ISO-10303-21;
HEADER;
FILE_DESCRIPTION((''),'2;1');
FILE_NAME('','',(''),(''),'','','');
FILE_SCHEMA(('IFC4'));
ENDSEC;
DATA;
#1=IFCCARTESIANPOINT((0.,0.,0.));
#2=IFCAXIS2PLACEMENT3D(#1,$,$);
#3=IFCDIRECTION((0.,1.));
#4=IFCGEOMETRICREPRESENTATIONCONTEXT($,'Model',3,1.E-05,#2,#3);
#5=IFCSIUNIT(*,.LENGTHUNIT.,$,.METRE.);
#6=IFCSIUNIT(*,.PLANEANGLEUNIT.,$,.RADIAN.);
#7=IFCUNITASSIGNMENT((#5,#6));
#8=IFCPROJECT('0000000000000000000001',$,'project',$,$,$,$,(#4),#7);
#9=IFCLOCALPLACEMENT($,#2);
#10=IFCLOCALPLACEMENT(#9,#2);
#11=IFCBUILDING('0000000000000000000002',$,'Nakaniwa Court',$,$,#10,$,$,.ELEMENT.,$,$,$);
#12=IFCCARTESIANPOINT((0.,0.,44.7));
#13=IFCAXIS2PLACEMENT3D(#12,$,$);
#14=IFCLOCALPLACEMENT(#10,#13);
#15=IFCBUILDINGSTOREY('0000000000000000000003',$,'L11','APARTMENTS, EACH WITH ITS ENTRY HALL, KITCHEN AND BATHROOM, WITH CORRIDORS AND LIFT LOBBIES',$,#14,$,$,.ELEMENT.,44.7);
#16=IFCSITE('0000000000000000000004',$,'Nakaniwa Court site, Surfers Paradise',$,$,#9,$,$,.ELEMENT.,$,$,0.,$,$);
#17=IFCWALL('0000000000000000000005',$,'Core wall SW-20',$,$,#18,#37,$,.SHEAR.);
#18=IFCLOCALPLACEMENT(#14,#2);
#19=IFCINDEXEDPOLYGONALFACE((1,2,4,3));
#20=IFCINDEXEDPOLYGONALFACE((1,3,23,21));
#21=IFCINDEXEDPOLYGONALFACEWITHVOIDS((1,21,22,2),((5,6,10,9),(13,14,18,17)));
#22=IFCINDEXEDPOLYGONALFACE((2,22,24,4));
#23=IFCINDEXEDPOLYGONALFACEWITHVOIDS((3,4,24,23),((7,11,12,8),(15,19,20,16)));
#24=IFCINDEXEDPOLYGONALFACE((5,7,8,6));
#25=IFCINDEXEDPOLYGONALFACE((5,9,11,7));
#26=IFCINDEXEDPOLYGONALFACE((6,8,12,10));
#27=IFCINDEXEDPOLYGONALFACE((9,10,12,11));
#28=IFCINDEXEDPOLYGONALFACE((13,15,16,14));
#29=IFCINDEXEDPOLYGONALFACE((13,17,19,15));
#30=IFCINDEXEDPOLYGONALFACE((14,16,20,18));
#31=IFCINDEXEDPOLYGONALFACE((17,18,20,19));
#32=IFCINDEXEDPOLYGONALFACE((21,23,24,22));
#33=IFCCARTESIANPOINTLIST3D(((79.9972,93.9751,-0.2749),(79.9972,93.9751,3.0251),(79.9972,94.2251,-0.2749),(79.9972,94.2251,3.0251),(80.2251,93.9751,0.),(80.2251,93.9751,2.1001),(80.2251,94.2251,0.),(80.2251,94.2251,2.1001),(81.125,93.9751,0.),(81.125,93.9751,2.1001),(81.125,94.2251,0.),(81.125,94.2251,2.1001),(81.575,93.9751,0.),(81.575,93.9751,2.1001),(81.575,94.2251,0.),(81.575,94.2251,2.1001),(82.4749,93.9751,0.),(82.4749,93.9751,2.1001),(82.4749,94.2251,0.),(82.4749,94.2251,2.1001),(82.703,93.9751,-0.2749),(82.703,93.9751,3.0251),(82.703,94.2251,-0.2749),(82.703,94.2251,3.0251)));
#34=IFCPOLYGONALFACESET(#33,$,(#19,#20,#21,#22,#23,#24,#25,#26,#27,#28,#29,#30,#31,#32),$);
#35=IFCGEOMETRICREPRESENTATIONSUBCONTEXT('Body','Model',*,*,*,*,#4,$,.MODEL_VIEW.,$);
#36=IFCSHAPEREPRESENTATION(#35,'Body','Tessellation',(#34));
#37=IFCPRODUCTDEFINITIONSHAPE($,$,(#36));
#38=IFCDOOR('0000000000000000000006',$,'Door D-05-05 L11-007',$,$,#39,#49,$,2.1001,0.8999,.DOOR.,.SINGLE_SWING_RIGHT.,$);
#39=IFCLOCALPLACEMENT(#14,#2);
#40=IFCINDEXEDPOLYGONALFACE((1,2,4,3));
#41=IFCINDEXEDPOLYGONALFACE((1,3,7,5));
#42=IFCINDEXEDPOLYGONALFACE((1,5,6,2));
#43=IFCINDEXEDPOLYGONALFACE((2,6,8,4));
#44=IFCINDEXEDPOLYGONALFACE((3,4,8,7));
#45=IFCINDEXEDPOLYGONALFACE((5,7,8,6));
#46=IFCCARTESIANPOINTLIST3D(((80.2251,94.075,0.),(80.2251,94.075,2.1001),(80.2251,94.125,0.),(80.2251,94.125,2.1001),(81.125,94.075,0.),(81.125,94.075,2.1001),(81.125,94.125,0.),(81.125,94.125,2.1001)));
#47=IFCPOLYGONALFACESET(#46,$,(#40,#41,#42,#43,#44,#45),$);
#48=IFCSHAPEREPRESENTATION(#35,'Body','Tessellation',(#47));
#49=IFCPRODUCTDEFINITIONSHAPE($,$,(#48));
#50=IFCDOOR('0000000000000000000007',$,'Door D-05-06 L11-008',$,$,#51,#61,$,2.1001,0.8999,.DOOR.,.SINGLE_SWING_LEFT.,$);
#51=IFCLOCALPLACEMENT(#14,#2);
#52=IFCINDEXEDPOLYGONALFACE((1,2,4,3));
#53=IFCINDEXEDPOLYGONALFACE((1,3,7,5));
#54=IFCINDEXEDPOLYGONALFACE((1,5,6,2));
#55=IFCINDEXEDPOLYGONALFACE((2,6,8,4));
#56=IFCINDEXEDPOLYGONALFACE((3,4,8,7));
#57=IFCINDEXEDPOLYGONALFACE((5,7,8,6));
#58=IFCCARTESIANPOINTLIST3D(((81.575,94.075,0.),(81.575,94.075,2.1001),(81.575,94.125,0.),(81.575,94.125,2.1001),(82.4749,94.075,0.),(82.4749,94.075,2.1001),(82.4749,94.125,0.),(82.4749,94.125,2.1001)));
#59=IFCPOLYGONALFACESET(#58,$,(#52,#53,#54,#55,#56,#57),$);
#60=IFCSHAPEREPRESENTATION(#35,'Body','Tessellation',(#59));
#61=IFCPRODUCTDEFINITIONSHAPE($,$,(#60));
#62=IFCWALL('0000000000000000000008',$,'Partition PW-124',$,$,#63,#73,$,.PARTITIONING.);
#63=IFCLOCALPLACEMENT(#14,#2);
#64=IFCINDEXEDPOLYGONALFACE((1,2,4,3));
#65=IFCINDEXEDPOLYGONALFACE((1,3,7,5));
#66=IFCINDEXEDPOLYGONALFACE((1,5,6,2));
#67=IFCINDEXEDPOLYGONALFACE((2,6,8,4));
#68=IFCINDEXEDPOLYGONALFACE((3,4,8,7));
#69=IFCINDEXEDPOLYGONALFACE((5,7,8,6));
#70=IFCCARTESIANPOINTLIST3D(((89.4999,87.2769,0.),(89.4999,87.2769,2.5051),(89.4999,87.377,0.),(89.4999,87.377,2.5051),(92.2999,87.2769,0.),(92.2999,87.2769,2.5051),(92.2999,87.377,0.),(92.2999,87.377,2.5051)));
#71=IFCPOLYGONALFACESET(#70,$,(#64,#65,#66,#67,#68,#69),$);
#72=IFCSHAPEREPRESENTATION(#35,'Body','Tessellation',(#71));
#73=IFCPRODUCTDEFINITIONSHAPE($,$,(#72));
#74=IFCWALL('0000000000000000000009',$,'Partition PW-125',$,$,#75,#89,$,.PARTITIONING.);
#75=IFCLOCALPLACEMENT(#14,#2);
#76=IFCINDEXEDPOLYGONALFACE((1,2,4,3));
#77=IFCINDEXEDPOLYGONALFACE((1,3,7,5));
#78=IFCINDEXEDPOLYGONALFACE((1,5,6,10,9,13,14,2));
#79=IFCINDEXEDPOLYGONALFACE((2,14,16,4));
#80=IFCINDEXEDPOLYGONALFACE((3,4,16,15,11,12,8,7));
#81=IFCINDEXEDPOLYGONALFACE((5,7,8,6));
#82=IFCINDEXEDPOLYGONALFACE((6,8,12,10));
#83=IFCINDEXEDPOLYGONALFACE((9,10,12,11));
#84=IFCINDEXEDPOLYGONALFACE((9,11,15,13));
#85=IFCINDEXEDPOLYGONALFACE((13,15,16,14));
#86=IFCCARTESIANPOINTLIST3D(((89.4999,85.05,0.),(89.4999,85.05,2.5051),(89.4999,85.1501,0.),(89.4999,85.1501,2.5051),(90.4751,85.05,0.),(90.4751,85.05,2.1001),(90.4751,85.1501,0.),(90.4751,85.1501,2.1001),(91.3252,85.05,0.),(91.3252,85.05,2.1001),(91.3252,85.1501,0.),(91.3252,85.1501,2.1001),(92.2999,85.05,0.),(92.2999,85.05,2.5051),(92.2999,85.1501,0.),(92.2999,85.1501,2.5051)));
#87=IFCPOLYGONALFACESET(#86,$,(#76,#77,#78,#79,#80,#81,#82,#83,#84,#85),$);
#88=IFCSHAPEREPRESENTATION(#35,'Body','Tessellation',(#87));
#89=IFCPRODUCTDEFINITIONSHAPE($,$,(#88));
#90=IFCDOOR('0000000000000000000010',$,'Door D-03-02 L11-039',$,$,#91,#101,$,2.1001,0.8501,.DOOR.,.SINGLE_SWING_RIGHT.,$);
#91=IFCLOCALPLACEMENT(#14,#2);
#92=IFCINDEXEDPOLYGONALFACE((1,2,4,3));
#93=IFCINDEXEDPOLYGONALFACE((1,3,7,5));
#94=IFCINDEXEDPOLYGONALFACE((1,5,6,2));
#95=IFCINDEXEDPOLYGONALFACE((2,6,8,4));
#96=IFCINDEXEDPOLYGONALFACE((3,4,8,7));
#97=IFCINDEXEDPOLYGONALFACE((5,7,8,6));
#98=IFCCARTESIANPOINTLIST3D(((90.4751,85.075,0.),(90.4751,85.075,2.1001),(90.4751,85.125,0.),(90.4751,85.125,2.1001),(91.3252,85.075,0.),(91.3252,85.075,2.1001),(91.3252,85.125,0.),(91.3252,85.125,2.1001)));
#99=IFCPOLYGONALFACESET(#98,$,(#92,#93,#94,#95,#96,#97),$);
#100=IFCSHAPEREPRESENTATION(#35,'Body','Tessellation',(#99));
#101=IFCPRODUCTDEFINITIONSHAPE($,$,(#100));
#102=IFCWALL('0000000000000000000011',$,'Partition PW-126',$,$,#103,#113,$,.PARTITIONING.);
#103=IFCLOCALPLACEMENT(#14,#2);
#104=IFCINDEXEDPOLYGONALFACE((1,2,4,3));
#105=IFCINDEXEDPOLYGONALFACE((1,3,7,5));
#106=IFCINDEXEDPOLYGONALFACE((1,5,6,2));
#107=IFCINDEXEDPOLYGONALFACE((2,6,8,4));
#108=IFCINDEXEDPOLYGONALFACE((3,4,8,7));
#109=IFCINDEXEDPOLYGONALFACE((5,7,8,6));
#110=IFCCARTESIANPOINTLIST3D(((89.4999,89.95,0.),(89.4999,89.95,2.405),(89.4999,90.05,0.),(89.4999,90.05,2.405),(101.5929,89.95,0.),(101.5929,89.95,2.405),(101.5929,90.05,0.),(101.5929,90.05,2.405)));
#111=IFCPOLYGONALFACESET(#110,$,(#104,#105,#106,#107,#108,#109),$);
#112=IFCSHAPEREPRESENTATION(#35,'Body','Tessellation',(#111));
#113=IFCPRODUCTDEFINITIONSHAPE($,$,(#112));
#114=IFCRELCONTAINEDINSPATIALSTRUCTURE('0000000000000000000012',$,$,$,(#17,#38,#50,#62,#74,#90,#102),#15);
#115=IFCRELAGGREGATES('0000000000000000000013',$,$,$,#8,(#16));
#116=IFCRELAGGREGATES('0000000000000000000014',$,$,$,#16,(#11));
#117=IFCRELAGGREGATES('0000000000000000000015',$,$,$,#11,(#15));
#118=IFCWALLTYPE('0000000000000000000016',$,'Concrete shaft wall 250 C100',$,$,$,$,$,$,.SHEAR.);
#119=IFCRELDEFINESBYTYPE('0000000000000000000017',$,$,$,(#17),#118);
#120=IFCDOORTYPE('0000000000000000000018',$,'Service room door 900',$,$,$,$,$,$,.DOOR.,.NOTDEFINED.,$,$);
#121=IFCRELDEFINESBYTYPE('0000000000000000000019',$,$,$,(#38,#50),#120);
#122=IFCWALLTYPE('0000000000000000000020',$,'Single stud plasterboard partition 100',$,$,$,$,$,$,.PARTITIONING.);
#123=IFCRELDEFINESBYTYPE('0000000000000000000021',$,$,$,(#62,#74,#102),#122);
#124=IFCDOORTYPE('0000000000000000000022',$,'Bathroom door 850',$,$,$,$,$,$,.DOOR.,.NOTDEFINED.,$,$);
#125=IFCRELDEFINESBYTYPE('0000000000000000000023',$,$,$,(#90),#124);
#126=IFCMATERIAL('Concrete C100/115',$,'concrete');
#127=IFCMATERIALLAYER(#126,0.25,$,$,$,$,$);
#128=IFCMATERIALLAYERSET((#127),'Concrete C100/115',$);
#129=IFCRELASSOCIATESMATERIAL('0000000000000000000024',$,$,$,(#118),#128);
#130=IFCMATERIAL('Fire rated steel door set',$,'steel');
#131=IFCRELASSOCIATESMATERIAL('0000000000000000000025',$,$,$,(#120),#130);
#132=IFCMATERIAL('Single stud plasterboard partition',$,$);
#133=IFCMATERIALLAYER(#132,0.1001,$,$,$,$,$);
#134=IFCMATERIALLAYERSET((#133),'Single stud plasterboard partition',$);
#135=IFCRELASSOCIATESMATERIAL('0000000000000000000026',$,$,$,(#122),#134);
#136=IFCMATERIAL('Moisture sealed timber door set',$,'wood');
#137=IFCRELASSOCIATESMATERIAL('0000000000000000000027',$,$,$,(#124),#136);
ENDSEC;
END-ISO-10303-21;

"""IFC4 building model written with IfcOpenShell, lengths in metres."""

from ifc_helpers import new_model, si_unit, direction, frame, frame_2d, origin, place, context, subcontext, project, spatial, rectangle, extrude, material, layer, layer_set, type_object, element, fill, save


model = new_model("IFC4")

# Units and contexts
model_context = context("Model", 3, precision=1e-05, world=origin(), true_north=direction((0.0, 1.0)))
body_context = subcontext(model_context, "Body", "Model", "MODEL_VIEW")
ifc_project = project(units=[si_unit("LENGTHUNIT", "METRE"), si_unit("PLANEANGLEUNIT", "RADIAN")], contexts=[model_context])

# Site, building, storey
site_placement = place(None, origin())
site = spatial("IfcSite", under=ifc_project, at=site_placement, Name="Nakaniwa Court site, Surfers Paradise", CompositionType="ELEMENT", RefElevation=0.0)
building_placement = place(site_placement, origin())
building = spatial("IfcBuilding", under=site, at=building_placement, Name="Nakaniwa Court", CompositionType="ELEMENT")
storey_placement = place(building_placement, frame((0.0, 0.0, 44.7)))
storey = spatial("IfcBuildingStorey", under=building, at=storey_placement, Name="L11", Description="APARTMENTS, EACH WITH ITS ENTRY HALL, KITCHEN AND BATHROOM, WITH CORRIDORS AND LIFT LOBBIES", CompositionType="ELEMENT", Elevation=44.7)

# Shared definitions
ifc_material_1 = material(Name="Concrete C100/115", Category="concrete")

# Shared definitions
ifc_layer_1 = layer(ifc_material_1, 0.25)
ifc_layer_set_1 = layer_set([ifc_layer_1], Name="Concrete C100/115")
wall_type_1 = type_object("IfcWallType", Name="Concrete shaft wall 250 C100", PredefinedType="SHEAR", material=ifc_layer_set_1)

# Shared definitions
ifc_material_2 = material(Name="Fire rated steel door set", Category="steel")
door_type_1 = type_object("IfcDoorType", Name="Service room door 900", OperationType="NOTDEFINED", PredefinedType="DOOR", material=ifc_material_2)

# Wall, openings, doors
wall_1_placement = place(storey_placement, frame((79.9971, 94.1001, -0.2749), z_axis=(0.0, 0.0, 1.0), x_axis=(1.0, 0.0, 0.0)))
wall_1 = element("IfcWall", 1, at=wall_1_placement, inside=storey, type_object=wall_type_1, Name="Core wall SW-20", PredefinedType="SHEAR", context=body_context, shape_type="SweptSolid", body=[
    extrude(rectangle(XDim=2.7058, YDim=0.25, at=frame_2d((1.353, 0.0))), origin(), (0.0, 0.0, 1.0), 3.3),
])
opening_1_placement = place(wall_1_placement, frame((0.228, 0.0, 0.2749)))
opening_1 = element("IfcOpeningElement", 2, at=opening_1_placement, cuts=wall_1, PredefinedType="OPENING", context=body_context, shape_type="SweptSolid", body=[
    extrude(rectangle(XDim=0.8999, YDim=2.1001, at=frame_2d((0.45, 1.05))), frame((0.0, 0.135, 0.0), z_axis=(0.0, -1.0, 0.0), x_axis=(1.0, 0.0, 0.0)), (0.0, 0.0, 1.0), 0.27),
])
opening_2_placement = place(wall_1_placement, frame((1.5779, 0.0, 0.2749)))
opening_2 = element("IfcOpeningElement", 3, at=opening_2_placement, cuts=wall_1, PredefinedType="OPENING", context=body_context, shape_type="SweptSolid", body=[
    extrude(rectangle(XDim=0.8999, YDim=2.1001, at=frame_2d((0.45, 1.05))), frame((0.0, 0.135, 0.0), z_axis=(0.0, -1.0, 0.0), x_axis=(1.0, 0.0, 0.0)), (0.0, 0.0, 1.0), 0.27),
])
door_1_placement = place(opening_1_placement, origin())
door_1 = element("IfcDoor", 4, at=door_1_placement, inside=storey, type_object=door_type_1, Name="Door D-05-05 L11-007", OperationType="SINGLE_SWING_RIGHT", OverallHeight=2.1001, OverallWidth=0.8999, PredefinedType="DOOR", context=body_context, shape_type="SweptSolid", body=[
    extrude(rectangle(XDim=0.8999, YDim=2.1001, at=frame_2d((0.45, 1.05))), frame((0.0, 0.0249, 0.0), z_axis=(0.0, -1.0, 0.0), x_axis=(1.0, 0.0, 0.0)), (0.0, 0.0, 1.0), 0.05),
])
fill(opening_1, door_1)
door_2_placement = place(opening_2_placement, origin())
door_2 = element("IfcDoor", 5, at=door_2_placement, inside=storey, type_object=door_type_1, Name="Door D-05-06 L11-008", OperationType="SINGLE_SWING_LEFT", OverallHeight=2.1001, OverallWidth=0.8999, PredefinedType="DOOR", context=body_context, shape_type="SweptSolid", body=[
    extrude(rectangle(XDim=0.8999, YDim=2.1001, at=frame_2d((0.45, 1.05))), frame((0.0, 0.0249, 0.0), z_axis=(0.0, -1.0, 0.0), x_axis=(1.0, 0.0, 0.0)), (0.0, 0.0, 1.0), 0.05),
])
fill(opening_2, door_2)

# Wall
ifc_material_3 = material(Name="Single stud plasterboard partition")
ifc_layer_2 = layer(ifc_material_3, 0.1001)
ifc_layer_set_2 = layer_set([ifc_layer_2], Name="Single stud plasterboard partition")
wall_type_2 = type_object("IfcWallType", Name="Single stud plasterboard partition 100", PredefinedType="PARTITIONING", material=ifc_layer_set_2)
wall_2_placement = place(storey_placement, frame((89.5, 87.3269, 0.0), z_axis=(0.0, 0.0, 1.0), x_axis=(1.0, 0.0, 0.0)))
element("IfcWall", 6, at=wall_2_placement, inside=storey, type_object=wall_type_2, Name="Partition PW-124", PredefinedType="PARTITIONING", context=body_context, shape_type="SweptSolid", body=[
    extrude(rectangle(XDim=2.8, YDim=0.1001, at=frame_2d((1.3999, 0.0))), origin(), (0.0, 0.0, 1.0), 2.5051),
])

# Wall, opening, door
wall_3_placement = place(storey_placement, frame((89.5, 85.1001, 0.0), z_axis=(0.0, 0.0, 1.0), x_axis=(1.0, 0.0, 0.0)))
wall_3 = element("IfcWall", 7, at=wall_3_placement, inside=storey, type_object=wall_type_2, Name="Partition PW-125", PredefinedType="PARTITIONING", context=body_context, shape_type="SweptSolid", body=[
    extrude(rectangle(XDim=2.8, YDim=0.1001, at=frame_2d((1.3999, 0.0))), origin(), (0.0, 0.0, 1.0), 2.5051),
])
opening_3_placement = place(wall_3_placement, frame((0.9751, 0.0, 0.0)))
opening_3 = element("IfcOpeningElement", 8, at=opening_3_placement, cuts=wall_3, PredefinedType="OPENING", context=body_context, shape_type="SweptSolid", body=[
    extrude(rectangle(XDim=0.8501, YDim=2.1001, at=frame_2d((0.425, 1.05))), frame((0.0, 0.0601, 0.0), z_axis=(0.0, -1.0, 0.0), x_axis=(1.0, 0.0, 0.0)), (0.0, 0.0, 1.0), 0.1201),
])
ifc_material_4 = material(Name="Moisture sealed timber door set", Category="wood")
door_type_2 = type_object("IfcDoorType", Name="Bathroom door 850", OperationType="NOTDEFINED", PredefinedType="DOOR", material=ifc_material_4)
door_3_placement = place(opening_3_placement, origin())
door_3 = element("IfcDoor", 9, at=door_3_placement, inside=storey, type_object=door_type_2, Name="Door D-03-02 L11-039", OperationType="SINGLE_SWING_RIGHT", OverallHeight=2.1001, OverallWidth=0.8501, PredefinedType="DOOR", context=body_context, shape_type="SweptSolid", body=[
    extrude(rectangle(XDim=0.8501, YDim=2.1001, at=frame_2d((0.425, 1.05))), frame((0.0, 0.0249, 0.0), z_axis=(0.0, -1.0, 0.0), x_axis=(1.0, 0.0, 0.0)), (0.0, 0.0, 1.0), 0.05),
])
fill(opening_3, door_3)

# Wall
wall_4_placement = place(storey_placement, frame((89.5, 90.0, 0.0), z_axis=(0.0, 0.0, 1.0), x_axis=(1.0, 0.0, 0.0)))
element("IfcWall", 10, at=wall_4_placement, inside=storey, type_object=wall_type_2, Name="Partition PW-126", PredefinedType="PARTITIONING", context=body_context, shape_type="SweptSolid", body=[
    extrude(rectangle(XDim=12.093, YDim=0.1001, at=frame_2d((6.0464, 0.0))), origin(), (0.0, 0.0, 1.0), 2.405),
])

save(model, "model.ifc")
